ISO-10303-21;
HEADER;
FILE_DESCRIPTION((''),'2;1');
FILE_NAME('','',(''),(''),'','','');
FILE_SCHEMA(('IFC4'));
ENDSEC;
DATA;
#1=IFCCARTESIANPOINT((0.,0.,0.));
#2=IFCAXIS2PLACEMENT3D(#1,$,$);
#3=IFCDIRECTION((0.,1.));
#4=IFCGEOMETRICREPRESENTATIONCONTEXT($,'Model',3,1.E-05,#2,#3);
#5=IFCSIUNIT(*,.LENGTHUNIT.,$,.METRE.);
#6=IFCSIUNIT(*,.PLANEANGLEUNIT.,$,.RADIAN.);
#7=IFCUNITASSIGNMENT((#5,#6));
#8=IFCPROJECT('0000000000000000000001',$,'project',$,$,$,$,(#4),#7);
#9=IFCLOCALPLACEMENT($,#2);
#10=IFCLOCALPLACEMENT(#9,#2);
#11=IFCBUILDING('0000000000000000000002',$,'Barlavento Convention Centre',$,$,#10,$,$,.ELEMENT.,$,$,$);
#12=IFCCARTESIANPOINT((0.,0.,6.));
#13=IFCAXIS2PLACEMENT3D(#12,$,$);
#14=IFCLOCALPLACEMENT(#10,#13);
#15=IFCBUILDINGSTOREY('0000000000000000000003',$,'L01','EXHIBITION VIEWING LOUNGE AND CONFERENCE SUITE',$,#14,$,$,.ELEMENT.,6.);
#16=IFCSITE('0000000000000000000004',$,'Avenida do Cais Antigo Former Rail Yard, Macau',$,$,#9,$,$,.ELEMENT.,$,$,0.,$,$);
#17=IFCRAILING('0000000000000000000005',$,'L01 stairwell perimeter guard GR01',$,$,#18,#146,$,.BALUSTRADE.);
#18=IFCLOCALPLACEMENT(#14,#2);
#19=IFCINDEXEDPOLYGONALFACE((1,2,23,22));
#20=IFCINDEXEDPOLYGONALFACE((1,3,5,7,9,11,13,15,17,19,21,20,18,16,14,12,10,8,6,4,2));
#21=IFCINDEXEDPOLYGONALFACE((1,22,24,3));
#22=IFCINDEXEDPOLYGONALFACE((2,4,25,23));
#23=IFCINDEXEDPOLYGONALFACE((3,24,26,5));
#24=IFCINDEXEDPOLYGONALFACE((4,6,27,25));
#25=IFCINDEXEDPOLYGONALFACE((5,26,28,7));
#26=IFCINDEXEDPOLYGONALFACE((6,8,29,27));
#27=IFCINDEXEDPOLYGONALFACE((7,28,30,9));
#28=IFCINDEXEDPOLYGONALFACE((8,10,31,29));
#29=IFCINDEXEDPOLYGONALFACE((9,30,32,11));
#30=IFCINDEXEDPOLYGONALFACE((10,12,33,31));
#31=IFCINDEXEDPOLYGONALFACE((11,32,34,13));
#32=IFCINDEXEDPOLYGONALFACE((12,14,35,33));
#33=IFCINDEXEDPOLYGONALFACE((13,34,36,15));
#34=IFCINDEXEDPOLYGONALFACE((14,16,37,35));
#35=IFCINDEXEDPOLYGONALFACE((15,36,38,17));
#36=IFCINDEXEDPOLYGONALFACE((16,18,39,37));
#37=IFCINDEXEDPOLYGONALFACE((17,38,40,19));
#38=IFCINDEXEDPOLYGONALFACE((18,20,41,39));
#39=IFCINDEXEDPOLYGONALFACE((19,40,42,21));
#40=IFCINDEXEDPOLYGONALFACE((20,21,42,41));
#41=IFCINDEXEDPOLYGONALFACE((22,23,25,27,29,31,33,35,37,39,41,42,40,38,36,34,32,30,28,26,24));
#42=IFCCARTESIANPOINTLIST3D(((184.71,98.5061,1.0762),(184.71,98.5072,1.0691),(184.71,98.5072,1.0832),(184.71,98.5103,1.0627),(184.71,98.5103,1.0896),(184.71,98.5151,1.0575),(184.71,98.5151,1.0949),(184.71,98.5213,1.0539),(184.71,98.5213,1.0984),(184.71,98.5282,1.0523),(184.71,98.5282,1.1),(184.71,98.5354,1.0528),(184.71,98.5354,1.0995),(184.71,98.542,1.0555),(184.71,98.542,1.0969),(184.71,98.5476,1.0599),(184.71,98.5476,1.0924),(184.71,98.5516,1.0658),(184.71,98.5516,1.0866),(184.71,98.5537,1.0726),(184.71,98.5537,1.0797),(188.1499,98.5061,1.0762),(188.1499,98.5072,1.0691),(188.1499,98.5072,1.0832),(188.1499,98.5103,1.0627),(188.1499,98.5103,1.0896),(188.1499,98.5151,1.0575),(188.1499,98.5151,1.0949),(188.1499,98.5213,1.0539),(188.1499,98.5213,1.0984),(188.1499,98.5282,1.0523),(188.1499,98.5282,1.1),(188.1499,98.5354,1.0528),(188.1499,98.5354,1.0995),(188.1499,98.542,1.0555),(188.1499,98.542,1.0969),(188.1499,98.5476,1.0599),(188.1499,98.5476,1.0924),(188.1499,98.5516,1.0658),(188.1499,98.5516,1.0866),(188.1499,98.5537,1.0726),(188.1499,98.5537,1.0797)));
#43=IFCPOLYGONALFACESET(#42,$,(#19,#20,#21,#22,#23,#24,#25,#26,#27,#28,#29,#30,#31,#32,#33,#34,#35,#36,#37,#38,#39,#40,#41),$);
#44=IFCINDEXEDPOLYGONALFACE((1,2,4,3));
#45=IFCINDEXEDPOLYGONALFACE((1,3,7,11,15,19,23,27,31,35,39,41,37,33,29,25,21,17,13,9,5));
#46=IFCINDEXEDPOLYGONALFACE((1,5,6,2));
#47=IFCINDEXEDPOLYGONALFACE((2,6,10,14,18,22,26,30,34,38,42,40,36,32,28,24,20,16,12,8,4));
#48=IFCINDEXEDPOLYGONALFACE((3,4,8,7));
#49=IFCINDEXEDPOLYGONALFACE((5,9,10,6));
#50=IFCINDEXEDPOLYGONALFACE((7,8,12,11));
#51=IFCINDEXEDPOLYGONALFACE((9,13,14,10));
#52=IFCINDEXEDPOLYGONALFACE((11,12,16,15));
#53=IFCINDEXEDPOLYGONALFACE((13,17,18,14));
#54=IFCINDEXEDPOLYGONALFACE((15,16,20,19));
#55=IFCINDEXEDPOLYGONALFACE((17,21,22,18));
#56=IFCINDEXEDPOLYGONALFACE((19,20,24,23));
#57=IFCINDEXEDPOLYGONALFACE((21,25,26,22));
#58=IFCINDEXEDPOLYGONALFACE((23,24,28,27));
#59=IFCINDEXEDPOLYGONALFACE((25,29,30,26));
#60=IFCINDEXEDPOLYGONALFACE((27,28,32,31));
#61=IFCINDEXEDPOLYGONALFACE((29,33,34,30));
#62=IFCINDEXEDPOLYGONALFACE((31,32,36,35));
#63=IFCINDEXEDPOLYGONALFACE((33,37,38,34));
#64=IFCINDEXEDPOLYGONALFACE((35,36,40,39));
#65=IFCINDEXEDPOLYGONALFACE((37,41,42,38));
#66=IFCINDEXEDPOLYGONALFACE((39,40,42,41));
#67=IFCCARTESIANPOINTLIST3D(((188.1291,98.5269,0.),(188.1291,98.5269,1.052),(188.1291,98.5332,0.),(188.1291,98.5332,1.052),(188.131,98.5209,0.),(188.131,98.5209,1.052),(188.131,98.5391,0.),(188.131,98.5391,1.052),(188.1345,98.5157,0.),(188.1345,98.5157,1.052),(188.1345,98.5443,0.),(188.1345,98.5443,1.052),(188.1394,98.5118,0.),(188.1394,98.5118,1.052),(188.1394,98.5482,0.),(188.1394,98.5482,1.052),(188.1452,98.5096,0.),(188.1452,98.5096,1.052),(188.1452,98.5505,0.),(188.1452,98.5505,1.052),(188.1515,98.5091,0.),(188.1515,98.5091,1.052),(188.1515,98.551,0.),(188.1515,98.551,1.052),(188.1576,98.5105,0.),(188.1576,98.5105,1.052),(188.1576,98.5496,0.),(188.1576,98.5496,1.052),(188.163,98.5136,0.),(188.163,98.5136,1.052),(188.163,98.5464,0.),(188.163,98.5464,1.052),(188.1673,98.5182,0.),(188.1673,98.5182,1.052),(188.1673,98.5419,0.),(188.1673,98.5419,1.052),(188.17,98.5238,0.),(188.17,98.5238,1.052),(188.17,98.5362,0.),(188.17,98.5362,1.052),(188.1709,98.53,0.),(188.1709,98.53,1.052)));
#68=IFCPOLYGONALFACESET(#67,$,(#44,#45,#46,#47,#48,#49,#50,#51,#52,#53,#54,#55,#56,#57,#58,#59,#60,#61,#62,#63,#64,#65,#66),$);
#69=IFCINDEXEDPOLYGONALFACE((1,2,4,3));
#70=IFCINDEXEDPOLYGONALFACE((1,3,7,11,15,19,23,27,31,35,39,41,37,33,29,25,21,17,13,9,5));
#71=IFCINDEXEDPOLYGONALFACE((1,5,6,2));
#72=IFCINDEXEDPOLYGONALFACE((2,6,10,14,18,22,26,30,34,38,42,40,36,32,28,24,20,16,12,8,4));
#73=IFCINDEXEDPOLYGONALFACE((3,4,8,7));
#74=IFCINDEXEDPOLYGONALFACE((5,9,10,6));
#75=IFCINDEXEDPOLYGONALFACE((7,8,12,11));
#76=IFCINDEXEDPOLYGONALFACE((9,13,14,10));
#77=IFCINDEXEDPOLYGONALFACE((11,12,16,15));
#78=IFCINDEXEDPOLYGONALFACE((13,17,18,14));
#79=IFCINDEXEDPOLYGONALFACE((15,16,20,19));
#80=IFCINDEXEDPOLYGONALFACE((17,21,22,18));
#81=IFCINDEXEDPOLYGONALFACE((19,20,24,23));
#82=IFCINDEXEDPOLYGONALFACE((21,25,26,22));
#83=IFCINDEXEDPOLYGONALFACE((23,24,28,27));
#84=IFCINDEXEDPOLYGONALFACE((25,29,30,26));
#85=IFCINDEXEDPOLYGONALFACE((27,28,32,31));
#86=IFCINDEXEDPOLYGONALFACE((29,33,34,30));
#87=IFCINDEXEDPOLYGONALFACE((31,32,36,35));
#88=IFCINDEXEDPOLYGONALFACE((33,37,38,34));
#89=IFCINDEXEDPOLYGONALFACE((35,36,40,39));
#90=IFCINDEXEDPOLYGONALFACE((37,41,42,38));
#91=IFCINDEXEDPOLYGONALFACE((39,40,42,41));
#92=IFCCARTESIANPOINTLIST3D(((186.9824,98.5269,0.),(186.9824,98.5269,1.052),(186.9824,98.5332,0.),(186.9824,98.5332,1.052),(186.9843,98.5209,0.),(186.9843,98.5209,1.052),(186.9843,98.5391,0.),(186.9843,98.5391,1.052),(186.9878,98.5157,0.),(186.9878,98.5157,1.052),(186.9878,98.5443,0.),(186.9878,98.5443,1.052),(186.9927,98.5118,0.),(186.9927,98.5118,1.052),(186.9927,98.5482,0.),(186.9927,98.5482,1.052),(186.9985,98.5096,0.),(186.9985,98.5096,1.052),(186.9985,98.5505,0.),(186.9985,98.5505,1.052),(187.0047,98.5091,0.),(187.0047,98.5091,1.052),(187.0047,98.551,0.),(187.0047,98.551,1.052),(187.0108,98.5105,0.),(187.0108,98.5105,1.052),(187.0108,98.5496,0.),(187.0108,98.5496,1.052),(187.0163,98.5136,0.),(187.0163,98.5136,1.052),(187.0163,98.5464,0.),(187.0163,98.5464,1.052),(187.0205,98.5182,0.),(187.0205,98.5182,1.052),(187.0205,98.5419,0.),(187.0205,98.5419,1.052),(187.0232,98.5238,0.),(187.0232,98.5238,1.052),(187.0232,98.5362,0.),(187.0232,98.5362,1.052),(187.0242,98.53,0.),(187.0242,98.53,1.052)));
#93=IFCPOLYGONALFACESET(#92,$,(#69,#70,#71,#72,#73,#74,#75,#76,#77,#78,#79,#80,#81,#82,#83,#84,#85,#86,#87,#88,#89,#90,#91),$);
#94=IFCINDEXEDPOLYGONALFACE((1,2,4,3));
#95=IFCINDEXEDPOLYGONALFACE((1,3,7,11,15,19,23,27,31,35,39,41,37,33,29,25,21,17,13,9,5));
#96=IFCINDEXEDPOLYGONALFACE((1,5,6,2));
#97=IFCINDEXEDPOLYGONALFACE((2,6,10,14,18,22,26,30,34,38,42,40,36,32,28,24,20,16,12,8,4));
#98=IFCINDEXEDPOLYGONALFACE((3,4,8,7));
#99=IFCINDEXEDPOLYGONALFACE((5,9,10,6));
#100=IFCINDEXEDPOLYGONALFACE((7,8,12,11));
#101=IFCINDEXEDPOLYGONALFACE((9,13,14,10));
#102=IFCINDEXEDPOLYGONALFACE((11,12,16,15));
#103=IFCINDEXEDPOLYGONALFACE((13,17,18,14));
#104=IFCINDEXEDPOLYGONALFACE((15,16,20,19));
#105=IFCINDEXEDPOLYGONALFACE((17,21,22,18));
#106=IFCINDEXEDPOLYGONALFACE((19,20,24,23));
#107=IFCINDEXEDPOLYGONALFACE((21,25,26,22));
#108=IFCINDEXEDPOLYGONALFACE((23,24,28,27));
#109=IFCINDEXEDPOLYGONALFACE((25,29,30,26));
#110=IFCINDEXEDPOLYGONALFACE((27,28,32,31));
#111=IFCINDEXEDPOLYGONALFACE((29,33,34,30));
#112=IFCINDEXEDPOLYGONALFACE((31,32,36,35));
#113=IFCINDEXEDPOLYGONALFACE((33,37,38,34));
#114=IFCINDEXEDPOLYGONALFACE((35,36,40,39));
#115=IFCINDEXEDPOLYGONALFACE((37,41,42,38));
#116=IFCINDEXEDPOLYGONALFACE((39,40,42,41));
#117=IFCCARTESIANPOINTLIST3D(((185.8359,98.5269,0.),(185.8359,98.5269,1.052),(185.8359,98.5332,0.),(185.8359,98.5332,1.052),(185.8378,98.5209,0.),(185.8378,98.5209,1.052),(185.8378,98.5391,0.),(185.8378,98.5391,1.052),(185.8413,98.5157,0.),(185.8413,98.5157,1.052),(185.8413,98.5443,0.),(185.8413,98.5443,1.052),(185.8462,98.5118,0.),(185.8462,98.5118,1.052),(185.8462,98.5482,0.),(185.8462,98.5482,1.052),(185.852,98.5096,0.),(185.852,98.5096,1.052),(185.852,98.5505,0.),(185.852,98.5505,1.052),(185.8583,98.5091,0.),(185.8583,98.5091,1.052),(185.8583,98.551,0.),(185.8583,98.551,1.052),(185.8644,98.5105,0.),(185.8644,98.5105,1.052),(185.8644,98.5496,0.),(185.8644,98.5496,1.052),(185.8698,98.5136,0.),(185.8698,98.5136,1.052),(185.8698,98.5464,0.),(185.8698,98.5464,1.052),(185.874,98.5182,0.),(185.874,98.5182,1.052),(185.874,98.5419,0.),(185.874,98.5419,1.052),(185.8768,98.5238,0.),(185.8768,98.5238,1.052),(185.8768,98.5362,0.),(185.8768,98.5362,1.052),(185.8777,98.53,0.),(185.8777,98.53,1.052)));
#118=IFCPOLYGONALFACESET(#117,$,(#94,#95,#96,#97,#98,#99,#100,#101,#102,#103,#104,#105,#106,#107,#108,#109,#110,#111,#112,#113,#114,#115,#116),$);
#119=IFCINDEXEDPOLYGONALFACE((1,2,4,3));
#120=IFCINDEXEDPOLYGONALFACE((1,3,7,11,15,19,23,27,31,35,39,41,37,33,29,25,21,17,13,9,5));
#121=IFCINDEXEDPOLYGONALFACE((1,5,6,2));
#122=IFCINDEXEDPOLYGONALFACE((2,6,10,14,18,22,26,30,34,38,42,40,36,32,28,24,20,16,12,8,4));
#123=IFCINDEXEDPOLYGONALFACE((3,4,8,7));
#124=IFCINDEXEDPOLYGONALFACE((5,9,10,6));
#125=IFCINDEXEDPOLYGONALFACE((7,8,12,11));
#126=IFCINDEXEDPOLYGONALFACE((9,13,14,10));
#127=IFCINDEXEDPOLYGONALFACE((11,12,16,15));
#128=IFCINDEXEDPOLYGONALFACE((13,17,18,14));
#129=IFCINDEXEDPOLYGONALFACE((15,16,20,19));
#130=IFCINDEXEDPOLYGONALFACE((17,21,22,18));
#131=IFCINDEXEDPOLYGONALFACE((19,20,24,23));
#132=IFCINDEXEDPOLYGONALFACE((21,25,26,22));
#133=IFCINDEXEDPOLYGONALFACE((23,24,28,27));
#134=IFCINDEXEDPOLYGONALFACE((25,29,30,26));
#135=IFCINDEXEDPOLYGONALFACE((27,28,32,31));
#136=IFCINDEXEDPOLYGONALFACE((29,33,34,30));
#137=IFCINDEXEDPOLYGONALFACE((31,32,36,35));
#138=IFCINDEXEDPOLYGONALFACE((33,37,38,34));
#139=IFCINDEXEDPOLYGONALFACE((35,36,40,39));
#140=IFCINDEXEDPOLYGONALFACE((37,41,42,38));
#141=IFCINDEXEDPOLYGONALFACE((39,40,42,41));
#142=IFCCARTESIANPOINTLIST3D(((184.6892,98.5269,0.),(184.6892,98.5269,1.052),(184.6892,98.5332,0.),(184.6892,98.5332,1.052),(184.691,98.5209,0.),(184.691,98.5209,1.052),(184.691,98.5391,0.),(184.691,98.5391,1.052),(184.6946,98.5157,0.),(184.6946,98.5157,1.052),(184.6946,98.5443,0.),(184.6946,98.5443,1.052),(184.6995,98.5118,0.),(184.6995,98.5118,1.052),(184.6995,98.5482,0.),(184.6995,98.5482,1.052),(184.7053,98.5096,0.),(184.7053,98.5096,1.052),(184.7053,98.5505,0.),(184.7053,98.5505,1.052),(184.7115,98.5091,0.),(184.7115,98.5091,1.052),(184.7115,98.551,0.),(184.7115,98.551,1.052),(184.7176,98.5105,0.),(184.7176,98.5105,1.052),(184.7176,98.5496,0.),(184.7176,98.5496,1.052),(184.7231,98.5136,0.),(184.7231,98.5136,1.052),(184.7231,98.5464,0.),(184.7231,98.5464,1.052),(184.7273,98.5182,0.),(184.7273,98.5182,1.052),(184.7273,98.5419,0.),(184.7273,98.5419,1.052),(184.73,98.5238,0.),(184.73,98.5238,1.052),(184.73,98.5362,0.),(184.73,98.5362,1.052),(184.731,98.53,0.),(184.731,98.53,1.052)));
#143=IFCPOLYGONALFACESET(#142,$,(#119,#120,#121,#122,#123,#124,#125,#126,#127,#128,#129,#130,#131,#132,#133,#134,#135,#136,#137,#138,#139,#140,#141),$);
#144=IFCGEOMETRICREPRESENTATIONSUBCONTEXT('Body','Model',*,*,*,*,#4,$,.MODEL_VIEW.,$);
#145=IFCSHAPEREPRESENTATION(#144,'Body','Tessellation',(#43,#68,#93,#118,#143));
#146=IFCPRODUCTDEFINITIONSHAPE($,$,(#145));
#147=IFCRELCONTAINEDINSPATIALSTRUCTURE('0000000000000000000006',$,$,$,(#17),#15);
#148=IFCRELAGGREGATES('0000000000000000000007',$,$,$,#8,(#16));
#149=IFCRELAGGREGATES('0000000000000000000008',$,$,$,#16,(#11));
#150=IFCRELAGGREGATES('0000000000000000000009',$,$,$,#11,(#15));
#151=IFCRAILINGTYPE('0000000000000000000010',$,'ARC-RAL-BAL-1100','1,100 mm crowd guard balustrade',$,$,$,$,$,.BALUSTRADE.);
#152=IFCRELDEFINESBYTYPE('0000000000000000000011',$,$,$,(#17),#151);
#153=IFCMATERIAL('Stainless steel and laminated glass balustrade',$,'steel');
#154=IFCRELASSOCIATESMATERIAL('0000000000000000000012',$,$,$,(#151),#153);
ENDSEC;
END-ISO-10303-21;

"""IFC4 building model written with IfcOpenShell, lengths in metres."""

from ifc_helpers import new_model, si_unit, direction, frame, origin, origin_2d, place, context, subcontext, project, spatial, circle, extrude, material, type_object, element, save


model = new_model("IFC4")

# Units and contexts
model_context = context("Model", 3, precision=1e-05, world=origin(), true_north=direction((0.0, 1.0)))
body_context = subcontext(model_context, "Body", "Model", "MODEL_VIEW")
ifc_project = project(units=[si_unit("LENGTHUNIT", "METRE"), si_unit("PLANEANGLEUNIT", "RADIAN")], contexts=[model_context])

# Site, building, storey
site_placement = place(None, origin())
site = spatial("IfcSite", under=ifc_project, at=site_placement, Name="Avenida do Cais Antigo Former Rail Yard, Macau", CompositionType="ELEMENT", RefElevation=0.0)
building_placement = place(site_placement, origin())
building = spatial("IfcBuilding", under=site, at=building_placement, Name="Barlavento Convention Centre", CompositionType="ELEMENT")
storey_placement = place(building_placement, frame((0.0, 0.0, 6.0)))
storey = spatial("IfcBuildingStorey", under=building, at=storey_placement, Name="L01", Description="EXHIBITION VIEWING LOUNGE AND CONFERENCE SUITE", CompositionType="ELEMENT", Elevation=6.0)

# Railing
ifc_material_1 = material(Name="Stainless steel and laminated glass balustrade", Category="steel")
railing_type = type_object("IfcRailingType", Name="ARC-RAL-BAL-1100", Description="1,100 mm crowd guard balustrade", PredefinedType="BALUSTRADE", material=ifc_material_1)
for number, where, name in (
    (1, (188.1499, 98.53, 0.0), "L01 stairwell perimeter guard GR01"),
):
    element("IfcRailing", number, at=place(storey_placement, frame(where)), inside=storey, type_object=railing_type, Name=name, PredefinedType="BALUSTRADE", context=body_context, shape_type="SweptSolid", body=[
        extrude(circle(Radius=0.0239, at=origin_2d()), frame((0.0, 0.0, 1.0762), z_axis=(-1.0, 0.0, 0.0), x_axis=(0.0, -1.0, 0.0)), (0.0, 0.0, 1.0), 3.4399),
        extrude(circle(Radius=0.021, at=origin_2d()), origin(), (0.0, 0.0, 1.0), 1.052),
        extrude(circle(Radius=0.021, at=origin_2d()), frame((-1.1467, 0.0, 0.0)), (0.0, 0.0, 1.0), 1.052),
        extrude(circle(Radius=0.021, at=origin_2d()), frame((-2.2932, 0.0, 0.0)), (0.0, 0.0, 1.0), 1.052),
        extrude(circle(Radius=0.021, at=origin_2d()), frame((-3.4399, 0.0, 0.0)), (0.0, 0.0, 1.0), 1.052),
    ])

save(model, "model.ifc")
